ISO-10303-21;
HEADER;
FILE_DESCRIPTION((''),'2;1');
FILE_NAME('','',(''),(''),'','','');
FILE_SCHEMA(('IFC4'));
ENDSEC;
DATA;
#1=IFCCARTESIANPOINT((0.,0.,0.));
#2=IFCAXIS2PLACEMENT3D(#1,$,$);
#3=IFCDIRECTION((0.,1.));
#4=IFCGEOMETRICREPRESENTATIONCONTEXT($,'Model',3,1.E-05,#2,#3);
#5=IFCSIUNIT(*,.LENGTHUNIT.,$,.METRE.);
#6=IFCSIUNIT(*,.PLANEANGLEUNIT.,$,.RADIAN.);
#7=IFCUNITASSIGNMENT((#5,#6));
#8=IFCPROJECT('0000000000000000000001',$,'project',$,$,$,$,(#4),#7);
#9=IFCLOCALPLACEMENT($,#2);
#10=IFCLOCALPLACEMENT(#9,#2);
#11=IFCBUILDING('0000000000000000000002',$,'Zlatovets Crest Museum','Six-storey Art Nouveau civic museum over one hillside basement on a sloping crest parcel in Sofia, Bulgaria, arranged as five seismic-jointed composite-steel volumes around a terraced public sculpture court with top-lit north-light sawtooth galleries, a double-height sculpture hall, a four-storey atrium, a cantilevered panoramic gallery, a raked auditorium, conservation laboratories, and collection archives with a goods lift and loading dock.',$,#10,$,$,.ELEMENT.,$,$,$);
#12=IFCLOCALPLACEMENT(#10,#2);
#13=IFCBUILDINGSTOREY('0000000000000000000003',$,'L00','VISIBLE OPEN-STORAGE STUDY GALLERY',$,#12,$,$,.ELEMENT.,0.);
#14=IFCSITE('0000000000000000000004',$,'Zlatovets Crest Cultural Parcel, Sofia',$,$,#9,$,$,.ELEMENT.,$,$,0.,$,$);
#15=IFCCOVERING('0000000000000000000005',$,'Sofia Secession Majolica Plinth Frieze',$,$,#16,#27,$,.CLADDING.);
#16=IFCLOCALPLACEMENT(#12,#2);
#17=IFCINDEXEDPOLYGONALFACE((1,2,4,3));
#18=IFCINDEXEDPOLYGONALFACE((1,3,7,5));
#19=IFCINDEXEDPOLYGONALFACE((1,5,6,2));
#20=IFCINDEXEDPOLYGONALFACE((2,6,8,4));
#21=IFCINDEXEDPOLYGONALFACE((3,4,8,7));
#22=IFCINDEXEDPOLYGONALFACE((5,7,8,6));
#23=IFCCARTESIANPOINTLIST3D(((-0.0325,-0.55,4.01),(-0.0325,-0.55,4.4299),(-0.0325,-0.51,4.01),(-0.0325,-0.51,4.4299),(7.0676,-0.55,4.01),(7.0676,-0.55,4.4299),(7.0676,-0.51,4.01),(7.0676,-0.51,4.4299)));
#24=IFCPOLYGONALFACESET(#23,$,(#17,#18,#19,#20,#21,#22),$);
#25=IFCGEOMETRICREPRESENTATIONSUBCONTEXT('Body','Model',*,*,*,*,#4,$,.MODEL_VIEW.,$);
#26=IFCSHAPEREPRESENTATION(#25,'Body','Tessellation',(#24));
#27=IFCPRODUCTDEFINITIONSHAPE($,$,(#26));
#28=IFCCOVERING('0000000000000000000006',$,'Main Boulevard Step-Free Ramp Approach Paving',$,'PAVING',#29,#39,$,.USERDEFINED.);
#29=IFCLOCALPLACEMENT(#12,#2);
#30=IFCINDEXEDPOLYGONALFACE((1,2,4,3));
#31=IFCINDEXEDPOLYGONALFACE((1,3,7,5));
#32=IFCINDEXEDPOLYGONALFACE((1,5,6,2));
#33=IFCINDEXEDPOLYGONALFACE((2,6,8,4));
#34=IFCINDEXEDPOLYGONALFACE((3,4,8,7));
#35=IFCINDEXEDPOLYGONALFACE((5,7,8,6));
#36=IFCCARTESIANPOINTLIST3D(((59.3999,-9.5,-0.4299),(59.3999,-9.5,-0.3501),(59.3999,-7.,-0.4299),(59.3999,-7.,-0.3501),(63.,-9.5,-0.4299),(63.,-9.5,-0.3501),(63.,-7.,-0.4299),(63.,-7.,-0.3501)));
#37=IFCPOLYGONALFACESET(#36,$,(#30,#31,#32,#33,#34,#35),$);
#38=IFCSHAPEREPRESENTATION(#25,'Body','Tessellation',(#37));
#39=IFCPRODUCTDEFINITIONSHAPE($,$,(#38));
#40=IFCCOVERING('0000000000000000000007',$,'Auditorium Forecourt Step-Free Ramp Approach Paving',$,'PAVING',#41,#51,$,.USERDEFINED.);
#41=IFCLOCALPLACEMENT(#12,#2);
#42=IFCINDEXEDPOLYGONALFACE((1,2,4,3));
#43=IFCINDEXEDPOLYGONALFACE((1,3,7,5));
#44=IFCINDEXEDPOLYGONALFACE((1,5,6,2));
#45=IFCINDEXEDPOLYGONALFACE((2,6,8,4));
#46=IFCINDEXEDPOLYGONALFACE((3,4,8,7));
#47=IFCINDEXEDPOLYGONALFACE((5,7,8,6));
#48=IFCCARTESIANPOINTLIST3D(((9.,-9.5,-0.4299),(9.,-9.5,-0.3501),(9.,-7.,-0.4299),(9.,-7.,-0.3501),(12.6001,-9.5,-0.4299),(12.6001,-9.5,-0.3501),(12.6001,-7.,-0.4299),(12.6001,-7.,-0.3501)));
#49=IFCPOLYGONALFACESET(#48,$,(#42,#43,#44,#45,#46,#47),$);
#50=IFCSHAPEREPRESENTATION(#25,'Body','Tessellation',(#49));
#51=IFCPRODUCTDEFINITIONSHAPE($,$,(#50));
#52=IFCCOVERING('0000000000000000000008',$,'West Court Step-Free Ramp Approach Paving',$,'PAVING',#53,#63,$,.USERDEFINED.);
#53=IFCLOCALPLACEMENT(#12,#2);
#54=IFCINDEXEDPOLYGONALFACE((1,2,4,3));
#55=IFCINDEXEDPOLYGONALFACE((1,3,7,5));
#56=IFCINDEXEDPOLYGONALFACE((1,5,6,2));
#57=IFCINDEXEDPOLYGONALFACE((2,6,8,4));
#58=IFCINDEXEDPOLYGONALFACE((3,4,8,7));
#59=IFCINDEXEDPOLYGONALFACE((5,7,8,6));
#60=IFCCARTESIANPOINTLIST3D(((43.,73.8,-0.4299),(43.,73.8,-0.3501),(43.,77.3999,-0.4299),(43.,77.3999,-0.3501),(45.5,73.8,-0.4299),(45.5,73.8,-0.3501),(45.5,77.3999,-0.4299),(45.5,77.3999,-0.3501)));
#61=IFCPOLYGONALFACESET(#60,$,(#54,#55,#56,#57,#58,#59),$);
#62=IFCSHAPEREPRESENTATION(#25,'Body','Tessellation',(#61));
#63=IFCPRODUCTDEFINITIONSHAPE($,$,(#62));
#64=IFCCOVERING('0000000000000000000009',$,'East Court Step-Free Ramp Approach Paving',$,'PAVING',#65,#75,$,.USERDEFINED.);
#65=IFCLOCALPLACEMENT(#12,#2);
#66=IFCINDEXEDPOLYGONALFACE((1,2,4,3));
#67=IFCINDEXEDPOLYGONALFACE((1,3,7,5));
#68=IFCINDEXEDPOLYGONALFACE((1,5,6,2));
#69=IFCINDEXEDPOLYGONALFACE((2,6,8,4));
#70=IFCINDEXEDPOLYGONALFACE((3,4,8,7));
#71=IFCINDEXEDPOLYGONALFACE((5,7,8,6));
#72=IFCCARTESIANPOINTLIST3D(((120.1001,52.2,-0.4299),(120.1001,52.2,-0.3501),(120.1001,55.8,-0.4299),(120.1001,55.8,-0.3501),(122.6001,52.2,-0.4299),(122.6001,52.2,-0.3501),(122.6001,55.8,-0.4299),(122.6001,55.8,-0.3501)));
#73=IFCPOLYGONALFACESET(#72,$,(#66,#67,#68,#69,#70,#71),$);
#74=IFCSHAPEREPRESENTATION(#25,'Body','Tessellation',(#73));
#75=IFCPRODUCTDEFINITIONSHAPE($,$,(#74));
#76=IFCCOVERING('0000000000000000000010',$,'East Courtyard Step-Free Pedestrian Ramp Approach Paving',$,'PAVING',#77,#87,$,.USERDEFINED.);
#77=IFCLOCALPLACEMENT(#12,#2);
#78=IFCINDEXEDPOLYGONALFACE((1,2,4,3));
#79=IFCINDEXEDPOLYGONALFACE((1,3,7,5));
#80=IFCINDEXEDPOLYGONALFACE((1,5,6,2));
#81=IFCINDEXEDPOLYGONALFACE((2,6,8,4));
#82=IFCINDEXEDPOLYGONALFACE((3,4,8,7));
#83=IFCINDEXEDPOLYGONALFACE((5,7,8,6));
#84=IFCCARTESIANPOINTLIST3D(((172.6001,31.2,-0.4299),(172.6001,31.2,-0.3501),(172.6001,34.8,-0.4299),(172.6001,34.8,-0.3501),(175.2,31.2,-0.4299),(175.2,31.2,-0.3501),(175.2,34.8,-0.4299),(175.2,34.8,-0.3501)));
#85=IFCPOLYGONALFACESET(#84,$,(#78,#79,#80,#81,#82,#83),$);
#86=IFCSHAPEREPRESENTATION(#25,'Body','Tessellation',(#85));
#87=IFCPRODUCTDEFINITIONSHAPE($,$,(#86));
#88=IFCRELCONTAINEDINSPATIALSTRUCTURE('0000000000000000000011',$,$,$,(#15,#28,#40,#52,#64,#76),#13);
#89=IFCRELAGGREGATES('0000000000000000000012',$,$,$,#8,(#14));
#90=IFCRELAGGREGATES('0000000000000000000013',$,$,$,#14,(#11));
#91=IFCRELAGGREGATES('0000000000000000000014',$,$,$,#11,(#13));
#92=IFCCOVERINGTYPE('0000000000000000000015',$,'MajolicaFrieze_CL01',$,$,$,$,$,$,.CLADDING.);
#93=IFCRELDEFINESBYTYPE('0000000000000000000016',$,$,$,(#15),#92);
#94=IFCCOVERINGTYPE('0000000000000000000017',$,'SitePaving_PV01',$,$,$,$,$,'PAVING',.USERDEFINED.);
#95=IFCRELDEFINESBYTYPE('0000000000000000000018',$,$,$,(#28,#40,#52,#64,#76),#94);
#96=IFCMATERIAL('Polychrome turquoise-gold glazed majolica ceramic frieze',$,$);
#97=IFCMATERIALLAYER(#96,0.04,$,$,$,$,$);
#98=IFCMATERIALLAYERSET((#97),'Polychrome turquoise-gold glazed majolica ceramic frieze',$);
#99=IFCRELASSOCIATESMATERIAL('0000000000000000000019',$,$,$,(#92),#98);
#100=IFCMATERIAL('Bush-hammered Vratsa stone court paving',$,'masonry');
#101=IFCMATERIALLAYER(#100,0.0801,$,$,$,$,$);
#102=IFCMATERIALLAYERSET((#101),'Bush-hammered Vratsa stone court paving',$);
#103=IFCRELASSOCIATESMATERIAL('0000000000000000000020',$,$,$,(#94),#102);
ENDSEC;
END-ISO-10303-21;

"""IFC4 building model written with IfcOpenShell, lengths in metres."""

from ifc_helpers import new_model, si_unit, direction, frame, origin, origin_2d, place, context, subcontext, project, spatial, polyline, rectangle, outline, extrude, material, layer, layer_set, type_object, element, save


model = new_model("IFC4")

# Units and contexts
model_context = context("Model", 3, precision=1e-05, world=origin(), true_north=direction((0.0, 1.0)))
body_context = subcontext(model_context, "Body", "Model", "MODEL_VIEW")
ifc_project = project(units=[si_unit("LENGTHUNIT", "METRE"), si_unit("PLANEANGLEUNIT", "RADIAN")], contexts=[model_context])

# Site, building, storey
site_placement = place(None, origin())
site = spatial("IfcSite", under=ifc_project, at=site_placement, Name="Zlatovets Crest Cultural Parcel, Sofia", CompositionType="ELEMENT", RefElevation=0.0)
building_placement = place(site_placement, origin())
building = spatial("IfcBuilding", under=site, at=building_placement, Name="Zlatovets Crest Museum", Description="Six-storey Art Nouveau civic museum over one hillside basement on a sloping crest parcel in Sofia, Bulgaria, arranged as five seismic-jointed composite-steel volumes around a terraced public sculpture court with top-lit north-light sawtooth galleries, a double-height sculpture hall, a four-storey atrium, a cantilevered panoramic gallery, a raked auditorium, conservation laboratories, and collection archives with a goods lift and loading dock.", CompositionType="ELEMENT")
storey_placement = place(building_placement, origin())
storey = spatial("IfcBuildingStorey", under=building, at=storey_placement, Name="L00", Description="VISIBLE OPEN-STORAGE STUDY GALLERY", CompositionType="ELEMENT", Elevation=0.0)

# Coverings
ifc_material_1 = material(Name="Polychrome turquoise-gold glazed majolica ceramic frieze")
ifc_layer_1 = layer(ifc_material_1, 0.04)
ifc_layer_set_1 = layer_set([ifc_layer_1], Name="Polychrome turquoise-gold glazed majolica ceramic frieze")
covering_type_1 = type_object("IfcCoveringType", Name="MajolicaFrieze_CL01", PredefinedType="CLADDING", material=ifc_layer_set_1)
covering_1_placement = place(storey_placement, frame((3.5176, -0.53, 4.01), z_axis=(0.0, 0.0, 1.0), x_axis=(1.0, 0.0, 0.0)))
element("IfcCovering", 1, at=covering_1_placement, inside=storey, type_object=covering_type_1, Name="Sofia Secession Majolica Plinth Frieze", PredefinedType="CLADDING", context=body_context, shape_type="SweptSolid", body=[
    extrude(rectangle(XDim=7.1001, YDim=0.04, at=origin_2d()), origin(), (0.0, 0.0, 1.0), 0.4199),
])
ifc_material_2 = material(Name="Bush-hammered Vratsa stone court paving", Category="masonry")
ifc_layer_2 = layer(ifc_material_2, 0.0801)
ifc_layer_set_2 = layer_set([ifc_layer_2], Name="Bush-hammered Vratsa stone court paving")
covering_type_2 = type_object("IfcCoveringType", Name="SitePaving_PV01", ElementType="PAVING", PredefinedType="USERDEFINED", material=ifc_layer_set_2)
covering_2_placement = place(storey_placement, frame((0.0, 0.0, -0.4299)))
element("IfcCovering", 2, at=covering_2_placement, inside=storey, type_object=covering_type_2, Name="Main Boulevard Step-Free Ramp Approach Paving", ObjectType="PAVING", PredefinedType="USERDEFINED", context=body_context, shape_type="SweptSolid", body=[
    extrude(outline(polyline([(63.0, -9.5), (63.0, -7.0), (59.3999, -7.0), (59.3999, -9.5), (63.0, -9.5)])), origin(), (0.0, 0.0, 1.0), 0.0798),
])
covering_3_placement = place(storey_placement, frame((0.0, 0.0, -0.4299)))
element("IfcCovering", 3, at=covering_3_placement, inside=storey, type_object=covering_type_2, Name="Auditorium Forecourt Step-Free Ramp Approach Paving", ObjectType="PAVING", PredefinedType="USERDEFINED", context=body_context, shape_type="SweptSolid", body=[
    extrude(outline(polyline([(12.6001, -9.5), (12.6001, -7.0), (9.0, -7.0), (9.0, -9.5), (12.6001, -9.5)])), origin(), (0.0, 0.0, 1.0), 0.0798),
])
covering_4_placement = place(storey_placement, frame((0.0, 0.0, -0.4299)))
element("IfcCovering", 4, at=covering_4_placement, inside=storey, type_object=covering_type_2, Name="West Court Step-Free Ramp Approach Paving", ObjectType="PAVING", PredefinedType="USERDEFINED", context=body_context, shape_type="SweptSolid", body=[
    extrude(outline(polyline([(45.5, 73.8), (45.5, 77.3999), (43.0, 77.3999), (43.0, 73.8), (45.5, 73.8)])), origin(), (0.0, 0.0, 1.0), 0.0798),
])
covering_5_placement = place(storey_placement, frame((0.0, 0.0, -0.4299)))
element("IfcCovering", 5, at=covering_5_placement, inside=storey, type_object=covering_type_2, Name="East Court Step-Free Ramp Approach Paving", ObjectType="PAVING", PredefinedType="USERDEFINED", context=body_context, shape_type="SweptSolid", body=[
    extrude(outline(polyline([(122.6001, 52.2), (122.6001, 55.8), (120.1001, 55.8), (120.1001, 52.2), (122.6001, 52.2)])), origin(), (0.0, 0.0, 1.0), 0.0798),
])
covering_6_placement = place(storey_placement, frame((0.0, 0.0, -0.4299)))
element("IfcCovering", 6, at=covering_6_placement, inside=storey, type_object=covering_type_2, Name="East Courtyard Step-Free Pedestrian Ramp Approach Paving", ObjectType="PAVING", PredefinedType="USERDEFINED", context=body_context, shape_type="SweptSolid", body=[
    extrude(outline(polyline([(175.2, 31.2), (175.2, 34.8), (172.6001, 34.8), (172.6001, 31.2), (175.2, 31.2)])), origin(), (0.0, 0.0, 1.0), 0.0798),
])

save(model, "model.ifc")
